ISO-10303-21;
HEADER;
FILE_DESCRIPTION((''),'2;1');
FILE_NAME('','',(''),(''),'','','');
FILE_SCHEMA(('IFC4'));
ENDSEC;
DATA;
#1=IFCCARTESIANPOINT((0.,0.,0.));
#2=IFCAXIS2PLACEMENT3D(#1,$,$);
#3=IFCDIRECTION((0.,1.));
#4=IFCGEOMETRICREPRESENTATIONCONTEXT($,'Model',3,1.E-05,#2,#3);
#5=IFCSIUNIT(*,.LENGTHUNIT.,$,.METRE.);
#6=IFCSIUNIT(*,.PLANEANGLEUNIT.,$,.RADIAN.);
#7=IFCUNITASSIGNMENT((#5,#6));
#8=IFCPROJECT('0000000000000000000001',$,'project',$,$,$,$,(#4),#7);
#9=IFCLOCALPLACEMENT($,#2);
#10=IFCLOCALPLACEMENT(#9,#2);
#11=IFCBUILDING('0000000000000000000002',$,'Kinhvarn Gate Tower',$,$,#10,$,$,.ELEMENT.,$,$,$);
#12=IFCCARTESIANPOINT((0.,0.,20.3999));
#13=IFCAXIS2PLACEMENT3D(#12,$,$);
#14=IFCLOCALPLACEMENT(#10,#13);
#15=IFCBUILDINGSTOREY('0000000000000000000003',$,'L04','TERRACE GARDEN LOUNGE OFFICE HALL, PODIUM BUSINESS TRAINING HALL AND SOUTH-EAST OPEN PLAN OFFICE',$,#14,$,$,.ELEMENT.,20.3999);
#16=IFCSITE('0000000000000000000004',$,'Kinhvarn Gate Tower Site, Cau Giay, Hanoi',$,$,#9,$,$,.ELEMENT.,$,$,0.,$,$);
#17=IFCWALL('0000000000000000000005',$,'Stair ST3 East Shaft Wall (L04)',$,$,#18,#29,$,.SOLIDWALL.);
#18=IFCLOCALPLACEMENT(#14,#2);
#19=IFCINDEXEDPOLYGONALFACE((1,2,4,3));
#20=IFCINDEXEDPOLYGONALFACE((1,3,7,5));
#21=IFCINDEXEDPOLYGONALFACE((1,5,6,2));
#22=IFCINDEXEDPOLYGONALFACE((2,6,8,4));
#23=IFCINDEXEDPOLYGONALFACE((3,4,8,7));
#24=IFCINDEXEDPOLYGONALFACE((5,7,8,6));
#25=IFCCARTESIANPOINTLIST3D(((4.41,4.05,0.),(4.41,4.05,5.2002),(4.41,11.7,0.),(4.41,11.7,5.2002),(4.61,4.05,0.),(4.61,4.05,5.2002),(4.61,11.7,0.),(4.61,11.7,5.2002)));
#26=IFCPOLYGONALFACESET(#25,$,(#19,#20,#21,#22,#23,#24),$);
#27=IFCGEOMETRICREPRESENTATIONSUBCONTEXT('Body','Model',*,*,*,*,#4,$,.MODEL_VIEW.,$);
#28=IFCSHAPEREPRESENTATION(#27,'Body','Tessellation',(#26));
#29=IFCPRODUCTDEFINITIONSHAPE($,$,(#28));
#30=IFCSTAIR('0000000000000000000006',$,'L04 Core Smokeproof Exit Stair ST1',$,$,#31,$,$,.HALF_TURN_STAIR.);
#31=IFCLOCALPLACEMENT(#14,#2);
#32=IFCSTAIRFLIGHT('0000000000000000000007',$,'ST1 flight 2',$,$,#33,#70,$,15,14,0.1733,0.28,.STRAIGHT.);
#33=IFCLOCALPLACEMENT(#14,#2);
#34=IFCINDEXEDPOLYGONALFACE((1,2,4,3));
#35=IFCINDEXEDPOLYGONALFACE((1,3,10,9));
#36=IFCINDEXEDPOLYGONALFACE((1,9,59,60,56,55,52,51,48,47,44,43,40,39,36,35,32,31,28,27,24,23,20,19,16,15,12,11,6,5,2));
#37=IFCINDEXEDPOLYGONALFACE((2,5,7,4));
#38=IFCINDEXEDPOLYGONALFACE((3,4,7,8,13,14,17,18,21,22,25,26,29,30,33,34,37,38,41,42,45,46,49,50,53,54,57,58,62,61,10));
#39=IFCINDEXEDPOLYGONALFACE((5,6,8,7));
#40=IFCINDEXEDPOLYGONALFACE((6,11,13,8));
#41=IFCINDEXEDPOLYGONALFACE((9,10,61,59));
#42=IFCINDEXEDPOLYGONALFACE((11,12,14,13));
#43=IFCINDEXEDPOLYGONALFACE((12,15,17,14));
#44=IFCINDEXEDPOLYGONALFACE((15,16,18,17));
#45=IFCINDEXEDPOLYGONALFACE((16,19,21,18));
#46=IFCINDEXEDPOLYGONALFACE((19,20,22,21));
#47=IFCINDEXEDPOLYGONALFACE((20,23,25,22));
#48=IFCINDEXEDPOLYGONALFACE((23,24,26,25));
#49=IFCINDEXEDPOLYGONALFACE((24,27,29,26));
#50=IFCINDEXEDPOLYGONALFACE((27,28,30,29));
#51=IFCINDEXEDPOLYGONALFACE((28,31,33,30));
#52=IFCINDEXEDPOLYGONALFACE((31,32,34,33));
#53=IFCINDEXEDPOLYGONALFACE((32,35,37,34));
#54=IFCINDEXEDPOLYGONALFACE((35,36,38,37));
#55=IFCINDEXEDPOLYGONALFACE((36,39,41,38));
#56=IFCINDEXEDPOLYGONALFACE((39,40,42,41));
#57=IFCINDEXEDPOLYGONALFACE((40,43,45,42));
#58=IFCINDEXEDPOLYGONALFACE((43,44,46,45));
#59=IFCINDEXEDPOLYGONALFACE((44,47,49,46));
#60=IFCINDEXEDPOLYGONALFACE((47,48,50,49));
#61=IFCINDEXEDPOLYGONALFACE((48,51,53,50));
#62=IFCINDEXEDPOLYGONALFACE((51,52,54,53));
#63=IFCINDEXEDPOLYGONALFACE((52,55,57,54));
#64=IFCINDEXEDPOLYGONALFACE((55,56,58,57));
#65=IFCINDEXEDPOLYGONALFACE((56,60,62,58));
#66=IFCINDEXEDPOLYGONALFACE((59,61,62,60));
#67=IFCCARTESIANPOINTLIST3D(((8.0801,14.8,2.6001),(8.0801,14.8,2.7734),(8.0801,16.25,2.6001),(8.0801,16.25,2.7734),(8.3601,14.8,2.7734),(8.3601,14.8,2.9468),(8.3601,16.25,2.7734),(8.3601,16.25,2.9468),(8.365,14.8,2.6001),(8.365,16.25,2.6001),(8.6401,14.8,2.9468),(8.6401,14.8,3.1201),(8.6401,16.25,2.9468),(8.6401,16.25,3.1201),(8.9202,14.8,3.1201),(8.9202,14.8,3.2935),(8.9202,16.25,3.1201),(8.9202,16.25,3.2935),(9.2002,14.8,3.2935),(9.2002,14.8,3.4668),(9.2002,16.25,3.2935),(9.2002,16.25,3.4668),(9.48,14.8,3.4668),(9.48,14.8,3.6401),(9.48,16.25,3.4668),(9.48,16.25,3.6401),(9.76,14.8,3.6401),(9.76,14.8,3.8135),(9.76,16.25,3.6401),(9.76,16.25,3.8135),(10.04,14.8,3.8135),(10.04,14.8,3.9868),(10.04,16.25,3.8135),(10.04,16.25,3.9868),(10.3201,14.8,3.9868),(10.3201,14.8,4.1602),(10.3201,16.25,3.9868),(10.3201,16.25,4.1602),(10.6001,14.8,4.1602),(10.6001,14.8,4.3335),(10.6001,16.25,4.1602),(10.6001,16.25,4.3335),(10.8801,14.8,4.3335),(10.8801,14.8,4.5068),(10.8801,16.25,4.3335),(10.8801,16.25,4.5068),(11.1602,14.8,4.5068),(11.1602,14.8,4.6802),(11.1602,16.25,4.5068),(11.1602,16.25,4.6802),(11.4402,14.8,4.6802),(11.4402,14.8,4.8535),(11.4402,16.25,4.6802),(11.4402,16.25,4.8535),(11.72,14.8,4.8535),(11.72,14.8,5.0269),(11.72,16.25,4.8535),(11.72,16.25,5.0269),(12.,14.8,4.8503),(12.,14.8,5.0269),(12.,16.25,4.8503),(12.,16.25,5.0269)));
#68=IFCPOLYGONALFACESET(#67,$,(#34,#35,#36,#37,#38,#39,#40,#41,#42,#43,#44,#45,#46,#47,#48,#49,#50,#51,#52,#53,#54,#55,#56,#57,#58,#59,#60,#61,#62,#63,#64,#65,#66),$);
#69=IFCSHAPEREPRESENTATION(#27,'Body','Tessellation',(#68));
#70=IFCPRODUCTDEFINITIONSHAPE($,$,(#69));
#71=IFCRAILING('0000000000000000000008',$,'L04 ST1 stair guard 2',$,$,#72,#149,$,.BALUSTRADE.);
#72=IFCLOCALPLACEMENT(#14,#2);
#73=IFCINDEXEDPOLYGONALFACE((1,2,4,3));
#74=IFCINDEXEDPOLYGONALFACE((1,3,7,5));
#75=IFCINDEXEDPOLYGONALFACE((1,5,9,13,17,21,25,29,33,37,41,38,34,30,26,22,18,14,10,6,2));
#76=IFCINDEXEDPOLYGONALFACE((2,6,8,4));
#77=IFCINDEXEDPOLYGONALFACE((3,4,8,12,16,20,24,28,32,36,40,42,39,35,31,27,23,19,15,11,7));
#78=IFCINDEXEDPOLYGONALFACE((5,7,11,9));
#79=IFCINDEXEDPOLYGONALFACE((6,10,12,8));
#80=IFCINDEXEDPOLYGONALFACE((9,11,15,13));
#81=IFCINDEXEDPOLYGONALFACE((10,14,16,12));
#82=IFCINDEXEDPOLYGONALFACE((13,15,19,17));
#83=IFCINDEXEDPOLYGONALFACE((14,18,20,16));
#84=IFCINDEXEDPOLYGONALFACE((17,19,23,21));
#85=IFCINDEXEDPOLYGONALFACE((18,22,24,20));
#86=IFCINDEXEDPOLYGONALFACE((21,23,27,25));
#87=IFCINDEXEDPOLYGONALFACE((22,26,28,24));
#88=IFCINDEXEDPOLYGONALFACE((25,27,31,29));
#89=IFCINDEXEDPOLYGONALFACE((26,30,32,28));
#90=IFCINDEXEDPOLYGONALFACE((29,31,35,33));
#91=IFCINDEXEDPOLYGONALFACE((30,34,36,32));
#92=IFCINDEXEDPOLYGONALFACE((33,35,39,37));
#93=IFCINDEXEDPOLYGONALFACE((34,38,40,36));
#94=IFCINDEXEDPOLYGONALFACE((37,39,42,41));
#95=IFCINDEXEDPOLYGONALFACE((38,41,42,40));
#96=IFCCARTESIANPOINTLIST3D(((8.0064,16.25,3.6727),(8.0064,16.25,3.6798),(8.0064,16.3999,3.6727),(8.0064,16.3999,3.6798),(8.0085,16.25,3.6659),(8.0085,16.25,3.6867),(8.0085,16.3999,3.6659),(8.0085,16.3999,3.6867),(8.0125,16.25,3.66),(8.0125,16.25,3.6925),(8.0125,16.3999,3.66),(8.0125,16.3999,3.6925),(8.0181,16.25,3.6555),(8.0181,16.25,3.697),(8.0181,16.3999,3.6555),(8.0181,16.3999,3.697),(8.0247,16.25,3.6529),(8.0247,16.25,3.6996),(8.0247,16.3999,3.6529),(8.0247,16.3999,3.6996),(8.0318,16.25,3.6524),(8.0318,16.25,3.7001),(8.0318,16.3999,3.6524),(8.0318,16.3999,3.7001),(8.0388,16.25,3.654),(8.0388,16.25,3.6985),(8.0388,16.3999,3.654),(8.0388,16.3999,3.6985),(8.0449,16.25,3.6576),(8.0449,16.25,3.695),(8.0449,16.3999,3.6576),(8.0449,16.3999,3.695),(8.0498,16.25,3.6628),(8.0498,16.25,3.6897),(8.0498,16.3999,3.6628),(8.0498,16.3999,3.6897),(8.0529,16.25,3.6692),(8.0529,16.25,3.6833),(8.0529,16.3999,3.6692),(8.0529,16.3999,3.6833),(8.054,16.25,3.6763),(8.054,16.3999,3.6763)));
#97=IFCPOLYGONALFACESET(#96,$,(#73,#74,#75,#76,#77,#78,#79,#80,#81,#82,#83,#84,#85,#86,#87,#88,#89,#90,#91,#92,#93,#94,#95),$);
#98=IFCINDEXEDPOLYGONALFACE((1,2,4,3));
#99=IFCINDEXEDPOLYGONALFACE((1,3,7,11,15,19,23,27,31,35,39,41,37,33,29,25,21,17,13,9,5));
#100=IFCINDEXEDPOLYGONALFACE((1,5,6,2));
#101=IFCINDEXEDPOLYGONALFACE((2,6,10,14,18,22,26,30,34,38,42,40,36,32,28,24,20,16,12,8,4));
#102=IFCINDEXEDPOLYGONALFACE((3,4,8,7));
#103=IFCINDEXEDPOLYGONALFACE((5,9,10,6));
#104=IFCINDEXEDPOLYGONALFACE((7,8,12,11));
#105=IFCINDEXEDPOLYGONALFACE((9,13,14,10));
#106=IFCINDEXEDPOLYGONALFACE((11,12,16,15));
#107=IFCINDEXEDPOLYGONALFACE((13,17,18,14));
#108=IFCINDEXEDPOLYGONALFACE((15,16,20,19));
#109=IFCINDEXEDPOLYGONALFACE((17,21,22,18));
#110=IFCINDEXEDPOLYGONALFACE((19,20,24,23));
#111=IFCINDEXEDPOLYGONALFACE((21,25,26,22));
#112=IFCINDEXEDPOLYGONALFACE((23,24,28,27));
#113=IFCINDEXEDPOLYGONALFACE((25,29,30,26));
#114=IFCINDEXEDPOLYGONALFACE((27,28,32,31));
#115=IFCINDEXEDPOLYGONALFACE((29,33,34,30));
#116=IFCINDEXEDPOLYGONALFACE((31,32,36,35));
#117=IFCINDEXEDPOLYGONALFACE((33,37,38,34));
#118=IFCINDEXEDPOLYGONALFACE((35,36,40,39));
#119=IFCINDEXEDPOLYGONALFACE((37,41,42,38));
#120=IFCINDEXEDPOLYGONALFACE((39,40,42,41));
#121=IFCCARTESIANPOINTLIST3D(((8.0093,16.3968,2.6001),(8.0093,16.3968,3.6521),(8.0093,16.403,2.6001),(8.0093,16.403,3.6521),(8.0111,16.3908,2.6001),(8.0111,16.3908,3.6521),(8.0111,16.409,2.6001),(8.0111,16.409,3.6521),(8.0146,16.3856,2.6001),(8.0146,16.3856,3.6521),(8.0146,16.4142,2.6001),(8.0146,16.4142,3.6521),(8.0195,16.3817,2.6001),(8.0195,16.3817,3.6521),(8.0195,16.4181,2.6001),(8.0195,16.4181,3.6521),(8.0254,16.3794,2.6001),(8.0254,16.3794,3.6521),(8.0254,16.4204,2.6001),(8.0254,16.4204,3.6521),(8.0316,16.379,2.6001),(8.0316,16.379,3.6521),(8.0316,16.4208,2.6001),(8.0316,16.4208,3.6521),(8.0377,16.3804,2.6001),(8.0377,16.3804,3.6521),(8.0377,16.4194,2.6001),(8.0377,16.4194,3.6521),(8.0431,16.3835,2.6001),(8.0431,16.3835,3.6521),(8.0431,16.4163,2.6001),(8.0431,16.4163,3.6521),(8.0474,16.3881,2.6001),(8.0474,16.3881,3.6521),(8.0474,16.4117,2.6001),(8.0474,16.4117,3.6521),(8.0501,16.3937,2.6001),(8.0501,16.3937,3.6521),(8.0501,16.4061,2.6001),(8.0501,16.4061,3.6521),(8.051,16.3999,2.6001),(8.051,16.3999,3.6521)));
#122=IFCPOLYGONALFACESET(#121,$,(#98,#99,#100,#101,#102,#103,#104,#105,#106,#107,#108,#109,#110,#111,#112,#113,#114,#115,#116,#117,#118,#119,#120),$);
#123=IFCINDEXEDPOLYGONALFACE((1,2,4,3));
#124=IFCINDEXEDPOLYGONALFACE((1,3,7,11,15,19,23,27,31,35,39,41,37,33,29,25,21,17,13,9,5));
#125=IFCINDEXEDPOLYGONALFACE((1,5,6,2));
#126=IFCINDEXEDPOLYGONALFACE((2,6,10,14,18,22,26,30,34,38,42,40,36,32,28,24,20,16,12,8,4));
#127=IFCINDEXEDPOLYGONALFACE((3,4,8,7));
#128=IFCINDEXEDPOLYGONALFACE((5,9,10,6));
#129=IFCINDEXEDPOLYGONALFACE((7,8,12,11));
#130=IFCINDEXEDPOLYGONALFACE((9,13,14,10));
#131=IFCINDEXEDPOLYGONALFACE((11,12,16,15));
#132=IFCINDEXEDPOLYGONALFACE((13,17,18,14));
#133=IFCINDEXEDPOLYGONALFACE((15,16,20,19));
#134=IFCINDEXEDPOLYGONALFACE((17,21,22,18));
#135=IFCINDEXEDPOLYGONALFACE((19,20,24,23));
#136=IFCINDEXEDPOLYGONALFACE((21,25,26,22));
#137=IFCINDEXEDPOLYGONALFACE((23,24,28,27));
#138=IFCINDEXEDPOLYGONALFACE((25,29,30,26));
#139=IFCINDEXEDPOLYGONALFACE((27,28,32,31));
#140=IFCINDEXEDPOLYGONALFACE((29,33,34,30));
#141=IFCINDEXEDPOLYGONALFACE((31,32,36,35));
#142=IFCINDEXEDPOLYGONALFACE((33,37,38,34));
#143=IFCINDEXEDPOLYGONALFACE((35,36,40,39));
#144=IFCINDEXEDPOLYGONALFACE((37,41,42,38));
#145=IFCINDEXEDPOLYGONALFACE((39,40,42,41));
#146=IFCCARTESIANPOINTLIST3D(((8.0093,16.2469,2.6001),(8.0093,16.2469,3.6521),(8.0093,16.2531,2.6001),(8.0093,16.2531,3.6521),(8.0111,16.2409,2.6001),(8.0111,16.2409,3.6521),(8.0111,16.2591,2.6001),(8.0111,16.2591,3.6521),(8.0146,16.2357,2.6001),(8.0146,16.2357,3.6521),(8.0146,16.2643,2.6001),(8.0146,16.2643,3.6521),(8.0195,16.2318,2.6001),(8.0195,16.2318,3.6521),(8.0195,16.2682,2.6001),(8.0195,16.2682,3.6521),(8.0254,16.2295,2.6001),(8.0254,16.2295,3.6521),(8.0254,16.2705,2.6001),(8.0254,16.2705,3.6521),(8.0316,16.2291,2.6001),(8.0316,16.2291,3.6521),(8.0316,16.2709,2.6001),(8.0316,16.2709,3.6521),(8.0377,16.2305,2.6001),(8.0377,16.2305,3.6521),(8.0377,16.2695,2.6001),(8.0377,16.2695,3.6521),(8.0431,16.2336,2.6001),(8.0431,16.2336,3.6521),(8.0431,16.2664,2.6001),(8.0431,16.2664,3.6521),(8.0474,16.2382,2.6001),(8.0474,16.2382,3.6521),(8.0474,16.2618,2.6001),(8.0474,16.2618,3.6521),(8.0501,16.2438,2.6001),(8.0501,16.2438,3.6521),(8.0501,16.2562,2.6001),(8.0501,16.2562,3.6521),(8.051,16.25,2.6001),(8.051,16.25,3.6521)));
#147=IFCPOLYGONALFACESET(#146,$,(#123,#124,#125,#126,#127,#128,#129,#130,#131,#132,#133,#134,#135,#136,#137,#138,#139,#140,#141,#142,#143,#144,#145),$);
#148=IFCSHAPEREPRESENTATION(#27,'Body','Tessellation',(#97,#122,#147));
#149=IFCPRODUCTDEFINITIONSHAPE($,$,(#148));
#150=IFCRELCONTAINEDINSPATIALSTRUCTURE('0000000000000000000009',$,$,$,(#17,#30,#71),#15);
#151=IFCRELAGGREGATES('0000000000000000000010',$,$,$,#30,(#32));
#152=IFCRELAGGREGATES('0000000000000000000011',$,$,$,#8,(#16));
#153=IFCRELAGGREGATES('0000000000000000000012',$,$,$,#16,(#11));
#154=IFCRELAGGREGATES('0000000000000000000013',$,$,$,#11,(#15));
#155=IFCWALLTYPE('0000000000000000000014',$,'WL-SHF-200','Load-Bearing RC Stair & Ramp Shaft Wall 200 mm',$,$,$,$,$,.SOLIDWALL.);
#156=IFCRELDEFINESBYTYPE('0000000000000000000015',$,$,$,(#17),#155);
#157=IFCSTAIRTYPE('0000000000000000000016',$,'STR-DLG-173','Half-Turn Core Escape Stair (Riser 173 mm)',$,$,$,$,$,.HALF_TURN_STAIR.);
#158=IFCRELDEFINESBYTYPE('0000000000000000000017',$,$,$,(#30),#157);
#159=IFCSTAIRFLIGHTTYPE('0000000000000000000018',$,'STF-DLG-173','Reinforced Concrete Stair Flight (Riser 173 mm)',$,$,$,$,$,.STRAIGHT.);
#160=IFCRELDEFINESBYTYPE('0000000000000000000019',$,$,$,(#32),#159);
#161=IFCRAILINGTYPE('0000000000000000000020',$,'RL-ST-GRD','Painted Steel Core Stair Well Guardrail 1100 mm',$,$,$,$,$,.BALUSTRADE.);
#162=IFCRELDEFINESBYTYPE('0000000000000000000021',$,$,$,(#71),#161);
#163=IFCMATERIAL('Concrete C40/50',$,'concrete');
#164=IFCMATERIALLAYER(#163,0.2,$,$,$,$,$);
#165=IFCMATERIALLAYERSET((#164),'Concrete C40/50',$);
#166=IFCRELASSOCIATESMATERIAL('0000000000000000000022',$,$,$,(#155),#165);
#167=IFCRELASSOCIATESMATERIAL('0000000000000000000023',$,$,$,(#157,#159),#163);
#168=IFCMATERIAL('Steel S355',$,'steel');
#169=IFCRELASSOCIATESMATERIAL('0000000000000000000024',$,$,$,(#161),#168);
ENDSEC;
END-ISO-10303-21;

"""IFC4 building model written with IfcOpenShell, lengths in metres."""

from ifc_helpers import new_model, si_unit, direction, frame, frame_2d, origin, origin_2d, place, context, subcontext, project, spatial, polyline, rectangle, circle, outline, extrude, material, layer, layer_set, type_object, element, aggregate, save


model = new_model("IFC4")

# Units and contexts
model_context = context("Model", 3, precision=1e-05, world=origin(), true_north=direction((0.0, 1.0)))
body_context = subcontext(model_context, "Body", "Model", "MODEL_VIEW")
ifc_project = project(units=[si_unit("LENGTHUNIT", "METRE"), si_unit("PLANEANGLEUNIT", "RADIAN")], contexts=[model_context])

# Site, building, storey
site_placement = place(None, origin())
site = spatial("IfcSite", under=ifc_project, at=site_placement, Name="Kinhvarn Gate Tower Site, Cau Giay, Hanoi", CompositionType="ELEMENT", RefElevation=0.0)
building_placement = place(site_placement, origin())
building = spatial("IfcBuilding", under=site, at=building_placement, Name="Kinhvarn Gate Tower", CompositionType="ELEMENT")
storey_placement = place(building_placement, frame((0.0, 0.0, 20.3999)))
storey = spatial("IfcBuildingStorey", under=building, at=storey_placement, Name="L04", Description="TERRACE GARDEN LOUNGE OFFICE HALL, PODIUM BUSINESS TRAINING HALL AND SOUTH-EAST OPEN PLAN OFFICE", CompositionType="ELEMENT", Elevation=20.3999)

# Shared definitions
ifc_material_1 = material(Name="Steel S355", Category="steel")

# Wall
ifc_material_2 = material(Name="Concrete C40/50", Category="concrete")
ifc_layer_1 = layer(ifc_material_2, 0.2)
ifc_layer_set_1 = layer_set([ifc_layer_1], Name="Concrete C40/50")
wall_type_1 = type_object("IfcWallType", Name="WL-SHF-200", Description="Load-Bearing RC Stair & Ramp Shaft Wall 200 mm", PredefinedType="SOLIDWALL", material=ifc_layer_set_1)
wall_1_placement = place(storey_placement, frame((4.51, 4.05, 0.0), z_axis=(0.0, 0.0, 1.0), x_axis=(0.0, 1.0, 0.0)))
element("IfcWall", 1, at=wall_1_placement, inside=storey, type_object=wall_type_1, Name="Stair ST3 East Shaft Wall (L04)", PredefinedType="SOLIDWALL", context=body_context, shape_type="SweptSolid", body=[
    extrude(rectangle(XDim=7.6499, YDim=0.2, at=frame_2d((3.825, 0.0))), origin(), (0.0, 0.0, 1.0), 5.2002),
])

# Stair, stair flight
stair_type = type_object("IfcStairType", Name="STR-DLG-173", Description="Half-Turn Core Escape Stair (Riser 173 mm)", PredefinedType="HALF_TURN_STAIR", material=ifc_material_2)
stair_placement = place(storey_placement, origin())
stair = element("IfcStair", 2, at=stair_placement, inside=storey, type_object=stair_type, Name="L04 Core Smokeproof Exit Stair ST1", PredefinedType="HALF_TURN_STAIR")
stair_flight_type = type_object("IfcStairFlightType", Name="STF-DLG-173", Description="Reinforced Concrete Stair Flight (Riser 173 mm)", PredefinedType="STRAIGHT", material=ifc_material_2)
stair_flight_placement = place(storey_placement, frame((8.0801, 15.5249, 2.6001), z_axis=(0.0, 0.0, 1.0), x_axis=(1.0, 0.0, 0.0)))
stair_flight = element("IfcStairFlight", 3, at=stair_flight_placement, type_object=stair_flight_type, Name="ST1 flight 2", NumberOfRisers=15, NumberOfTreads=14, PredefinedType="STRAIGHT", RiserHeight=0.1733, TreadLength=0.28, context=body_context, shape_type="SweptSolid", body=[
    extrude(outline(polyline([(0.0, 0.0), (0.0, 0.1733), (0.28, 0.1733), (0.28, 0.3467), (0.5601, 0.3467), (0.5601, 0.52), (0.8401, 0.52), (0.8401, 0.6934), (1.1201, 0.6934), (1.1201, 0.8667), (1.3999, 0.8667), (1.3999, 1.04), (1.6799, 1.04), (1.6799, 1.2134), (1.96, 1.2134), (1.96, 1.3867), (2.24, 1.3867), (2.24, 1.5601), (2.52, 1.5601), (2.52, 1.7334), (2.8, 1.7334), (2.8, 1.9067), (3.0801, 1.9067), (3.0801, 2.0801), (3.3601, 2.0801), (3.3601, 2.2534), (3.6399, 2.2534), (3.6399, 2.4268), (3.9199, 2.4268), (3.9199, 2.6001), (3.9199, 2.2502), (0.2849, 0.0), (0.0, 0.0)])), frame((0.0, 0.7251, 0.0), z_axis=(0.0, -1.0, 0.0), x_axis=(1.0, 0.0, 0.0)), (0.0, 0.0, 1.0), 1.45),
])
aggregate(stair, [stair_flight])

# Railing
railing_type_1 = type_object("IfcRailingType", Name="RL-ST-GRD", Description="Painted Steel Core Stair Well Guardrail 1100 mm", PredefinedType="BALUSTRADE", material=ifc_material_1)
railing_1_placement = place(storey_placement, frame((8.03, 16.3999, 2.6001)))
element("IfcRailing", 4, at=railing_1_placement, inside=storey, type_object=railing_type_1, Name="L04 ST1 stair guard 2", PredefinedType="BALUSTRADE", context=body_context, shape_type="SweptSolid", body=[
    extrude(circle(Radius=0.0239, at=origin_2d()), frame((0.0, 0.0, 1.0762), z_axis=(0.0, -1.0, 0.0), x_axis=(1.0, 0.0, 0.0)), (0.0, 0.0, 1.0), 0.1499),
    extrude(circle(Radius=0.021, at=origin_2d()), origin(), (0.0, 0.0, 1.0), 1.052),
    extrude(circle(Radius=0.021, at=origin_2d()), frame((0.0, -0.1499, 0.0)), (0.0, 0.0, 1.0), 1.052),
])

save(model, "model.ifc")
